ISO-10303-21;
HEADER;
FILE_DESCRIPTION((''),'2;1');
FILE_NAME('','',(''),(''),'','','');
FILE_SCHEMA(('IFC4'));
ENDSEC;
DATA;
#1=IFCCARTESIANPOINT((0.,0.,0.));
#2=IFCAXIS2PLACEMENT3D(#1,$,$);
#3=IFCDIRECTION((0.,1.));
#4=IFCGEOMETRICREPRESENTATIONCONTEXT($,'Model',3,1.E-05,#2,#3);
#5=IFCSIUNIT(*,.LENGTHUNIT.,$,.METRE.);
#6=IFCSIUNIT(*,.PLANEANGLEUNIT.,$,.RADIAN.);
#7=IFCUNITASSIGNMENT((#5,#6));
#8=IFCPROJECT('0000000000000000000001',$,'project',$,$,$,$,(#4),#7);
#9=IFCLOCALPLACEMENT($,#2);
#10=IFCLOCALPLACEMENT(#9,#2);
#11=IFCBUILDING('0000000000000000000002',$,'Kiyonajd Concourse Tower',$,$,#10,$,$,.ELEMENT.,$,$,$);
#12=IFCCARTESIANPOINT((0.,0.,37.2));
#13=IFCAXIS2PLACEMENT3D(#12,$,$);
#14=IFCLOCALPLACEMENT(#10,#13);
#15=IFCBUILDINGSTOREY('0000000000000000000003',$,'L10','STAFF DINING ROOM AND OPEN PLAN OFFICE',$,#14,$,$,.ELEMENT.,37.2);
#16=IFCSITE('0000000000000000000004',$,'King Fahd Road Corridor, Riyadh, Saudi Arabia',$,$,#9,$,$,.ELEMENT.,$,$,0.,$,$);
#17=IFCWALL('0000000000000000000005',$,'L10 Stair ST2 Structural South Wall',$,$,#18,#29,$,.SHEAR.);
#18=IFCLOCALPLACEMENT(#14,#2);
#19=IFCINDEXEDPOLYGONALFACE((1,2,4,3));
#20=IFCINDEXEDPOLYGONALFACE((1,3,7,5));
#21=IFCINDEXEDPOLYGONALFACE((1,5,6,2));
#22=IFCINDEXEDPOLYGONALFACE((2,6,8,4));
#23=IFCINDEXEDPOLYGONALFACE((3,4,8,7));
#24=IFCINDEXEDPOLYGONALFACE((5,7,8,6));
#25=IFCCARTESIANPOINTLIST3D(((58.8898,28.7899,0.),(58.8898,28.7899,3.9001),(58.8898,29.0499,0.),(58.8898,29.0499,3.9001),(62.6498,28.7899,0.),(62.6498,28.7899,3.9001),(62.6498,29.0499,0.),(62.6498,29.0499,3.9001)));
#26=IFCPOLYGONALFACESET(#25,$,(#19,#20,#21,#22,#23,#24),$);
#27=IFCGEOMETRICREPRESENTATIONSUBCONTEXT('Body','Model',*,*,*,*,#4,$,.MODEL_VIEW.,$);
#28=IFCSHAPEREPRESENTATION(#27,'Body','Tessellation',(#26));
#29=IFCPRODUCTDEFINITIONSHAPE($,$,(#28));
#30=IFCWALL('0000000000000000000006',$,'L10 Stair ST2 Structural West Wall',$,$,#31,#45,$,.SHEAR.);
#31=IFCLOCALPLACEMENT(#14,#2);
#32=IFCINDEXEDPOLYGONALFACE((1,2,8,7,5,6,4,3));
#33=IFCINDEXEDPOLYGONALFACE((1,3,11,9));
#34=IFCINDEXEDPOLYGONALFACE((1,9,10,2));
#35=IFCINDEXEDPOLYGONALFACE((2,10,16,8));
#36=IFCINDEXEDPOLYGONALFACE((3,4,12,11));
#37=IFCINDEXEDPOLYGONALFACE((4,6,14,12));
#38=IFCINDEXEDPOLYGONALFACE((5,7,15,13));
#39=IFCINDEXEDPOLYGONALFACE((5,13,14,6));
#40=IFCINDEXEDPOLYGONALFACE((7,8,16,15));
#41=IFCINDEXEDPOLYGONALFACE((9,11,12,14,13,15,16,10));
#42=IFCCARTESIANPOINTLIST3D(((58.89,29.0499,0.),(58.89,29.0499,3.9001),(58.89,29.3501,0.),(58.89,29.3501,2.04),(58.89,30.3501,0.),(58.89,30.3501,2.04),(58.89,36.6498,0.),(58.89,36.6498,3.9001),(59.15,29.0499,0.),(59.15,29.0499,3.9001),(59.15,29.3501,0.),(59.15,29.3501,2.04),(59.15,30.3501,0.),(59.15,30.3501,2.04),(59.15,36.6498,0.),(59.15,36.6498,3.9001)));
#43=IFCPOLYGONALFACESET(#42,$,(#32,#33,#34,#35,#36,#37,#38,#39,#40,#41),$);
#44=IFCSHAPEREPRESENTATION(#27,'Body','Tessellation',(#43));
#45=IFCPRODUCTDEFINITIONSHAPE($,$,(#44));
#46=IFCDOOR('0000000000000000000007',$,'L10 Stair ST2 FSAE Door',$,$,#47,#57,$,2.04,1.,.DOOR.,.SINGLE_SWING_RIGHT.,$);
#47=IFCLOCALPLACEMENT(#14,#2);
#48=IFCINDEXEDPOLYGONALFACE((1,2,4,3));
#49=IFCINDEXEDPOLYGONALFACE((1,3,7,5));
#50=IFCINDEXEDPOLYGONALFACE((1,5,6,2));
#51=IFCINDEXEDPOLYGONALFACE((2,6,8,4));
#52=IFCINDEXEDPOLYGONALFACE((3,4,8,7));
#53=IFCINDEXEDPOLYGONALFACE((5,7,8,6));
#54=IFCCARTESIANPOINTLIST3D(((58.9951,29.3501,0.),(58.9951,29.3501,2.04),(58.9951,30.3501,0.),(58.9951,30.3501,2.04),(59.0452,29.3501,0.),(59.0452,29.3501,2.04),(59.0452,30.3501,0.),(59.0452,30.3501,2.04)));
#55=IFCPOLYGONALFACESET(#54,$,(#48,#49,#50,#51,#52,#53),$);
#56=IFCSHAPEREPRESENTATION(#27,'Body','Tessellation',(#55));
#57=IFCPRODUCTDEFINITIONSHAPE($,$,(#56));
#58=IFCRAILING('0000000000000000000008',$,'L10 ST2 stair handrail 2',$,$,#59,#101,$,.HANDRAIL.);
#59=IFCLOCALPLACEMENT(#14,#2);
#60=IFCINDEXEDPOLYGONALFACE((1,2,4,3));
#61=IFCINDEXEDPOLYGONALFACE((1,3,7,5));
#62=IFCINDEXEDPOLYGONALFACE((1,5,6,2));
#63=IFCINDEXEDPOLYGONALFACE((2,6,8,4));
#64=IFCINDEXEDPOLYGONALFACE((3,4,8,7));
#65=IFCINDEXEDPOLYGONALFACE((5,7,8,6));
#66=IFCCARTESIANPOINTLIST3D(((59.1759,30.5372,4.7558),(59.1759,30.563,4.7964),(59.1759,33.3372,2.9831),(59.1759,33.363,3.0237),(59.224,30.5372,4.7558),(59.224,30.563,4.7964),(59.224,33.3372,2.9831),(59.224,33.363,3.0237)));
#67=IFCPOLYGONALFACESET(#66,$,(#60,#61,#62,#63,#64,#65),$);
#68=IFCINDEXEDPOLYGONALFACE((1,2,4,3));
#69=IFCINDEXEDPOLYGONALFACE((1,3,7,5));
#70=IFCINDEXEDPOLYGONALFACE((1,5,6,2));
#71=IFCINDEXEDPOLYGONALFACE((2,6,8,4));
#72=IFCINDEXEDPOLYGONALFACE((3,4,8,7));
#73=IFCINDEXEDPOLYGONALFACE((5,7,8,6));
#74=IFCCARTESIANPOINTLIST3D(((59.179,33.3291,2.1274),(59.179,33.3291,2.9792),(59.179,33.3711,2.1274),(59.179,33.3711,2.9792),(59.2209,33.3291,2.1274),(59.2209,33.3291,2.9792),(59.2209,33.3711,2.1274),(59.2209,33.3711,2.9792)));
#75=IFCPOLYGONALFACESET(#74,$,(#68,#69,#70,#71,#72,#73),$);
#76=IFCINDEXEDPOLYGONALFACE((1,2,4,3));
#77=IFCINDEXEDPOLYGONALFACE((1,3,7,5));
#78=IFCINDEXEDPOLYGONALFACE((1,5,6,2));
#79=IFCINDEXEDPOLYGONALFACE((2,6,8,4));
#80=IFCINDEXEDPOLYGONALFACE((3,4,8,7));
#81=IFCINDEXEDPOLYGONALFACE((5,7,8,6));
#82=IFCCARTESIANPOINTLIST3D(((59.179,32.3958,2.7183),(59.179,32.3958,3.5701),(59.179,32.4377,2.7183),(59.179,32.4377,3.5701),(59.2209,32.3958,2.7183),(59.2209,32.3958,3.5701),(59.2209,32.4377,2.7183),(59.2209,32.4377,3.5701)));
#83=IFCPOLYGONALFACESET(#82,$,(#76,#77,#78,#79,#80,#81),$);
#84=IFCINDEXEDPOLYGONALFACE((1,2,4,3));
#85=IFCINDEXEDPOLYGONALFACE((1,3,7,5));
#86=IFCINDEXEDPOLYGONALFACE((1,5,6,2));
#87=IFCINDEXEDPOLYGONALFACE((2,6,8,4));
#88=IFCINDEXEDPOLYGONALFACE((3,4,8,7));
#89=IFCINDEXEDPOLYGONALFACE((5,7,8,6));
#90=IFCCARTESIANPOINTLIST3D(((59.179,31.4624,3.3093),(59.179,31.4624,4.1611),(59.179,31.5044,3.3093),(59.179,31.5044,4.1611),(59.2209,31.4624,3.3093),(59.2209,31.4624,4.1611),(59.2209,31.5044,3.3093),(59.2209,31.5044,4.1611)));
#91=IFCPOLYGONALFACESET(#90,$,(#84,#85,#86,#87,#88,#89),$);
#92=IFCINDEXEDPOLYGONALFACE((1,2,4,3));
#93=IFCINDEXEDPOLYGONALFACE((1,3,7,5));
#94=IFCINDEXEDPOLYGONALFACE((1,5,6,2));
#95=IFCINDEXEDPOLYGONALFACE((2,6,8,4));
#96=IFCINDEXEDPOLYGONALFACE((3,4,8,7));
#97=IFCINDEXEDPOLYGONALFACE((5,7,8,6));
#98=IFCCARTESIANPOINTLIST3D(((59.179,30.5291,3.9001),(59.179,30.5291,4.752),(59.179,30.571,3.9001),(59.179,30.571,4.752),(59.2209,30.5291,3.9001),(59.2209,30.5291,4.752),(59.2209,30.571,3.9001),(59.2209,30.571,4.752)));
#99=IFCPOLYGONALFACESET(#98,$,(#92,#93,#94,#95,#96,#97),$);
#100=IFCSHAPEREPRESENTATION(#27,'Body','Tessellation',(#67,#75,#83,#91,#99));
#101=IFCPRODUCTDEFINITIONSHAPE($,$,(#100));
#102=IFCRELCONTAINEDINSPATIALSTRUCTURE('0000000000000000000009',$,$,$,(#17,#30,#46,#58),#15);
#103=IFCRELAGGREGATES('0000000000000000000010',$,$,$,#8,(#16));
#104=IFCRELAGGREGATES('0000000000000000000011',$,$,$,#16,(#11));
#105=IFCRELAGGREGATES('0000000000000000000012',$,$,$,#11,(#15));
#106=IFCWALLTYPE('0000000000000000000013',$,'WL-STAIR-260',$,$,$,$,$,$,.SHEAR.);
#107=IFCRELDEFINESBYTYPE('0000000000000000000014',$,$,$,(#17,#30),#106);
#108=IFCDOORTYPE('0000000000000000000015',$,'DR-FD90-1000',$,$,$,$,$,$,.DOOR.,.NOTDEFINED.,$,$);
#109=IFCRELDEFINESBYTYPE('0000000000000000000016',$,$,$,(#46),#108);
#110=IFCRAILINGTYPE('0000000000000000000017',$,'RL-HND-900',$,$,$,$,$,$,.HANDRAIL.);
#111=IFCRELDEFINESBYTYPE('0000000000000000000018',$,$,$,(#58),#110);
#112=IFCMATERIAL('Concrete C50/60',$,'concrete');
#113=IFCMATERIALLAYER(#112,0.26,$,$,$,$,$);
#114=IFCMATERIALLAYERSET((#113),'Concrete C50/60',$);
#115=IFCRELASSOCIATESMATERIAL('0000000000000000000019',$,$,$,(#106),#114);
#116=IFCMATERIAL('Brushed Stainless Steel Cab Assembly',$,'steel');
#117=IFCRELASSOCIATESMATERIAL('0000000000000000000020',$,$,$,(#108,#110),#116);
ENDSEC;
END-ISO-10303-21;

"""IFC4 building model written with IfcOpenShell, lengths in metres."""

from ifc_helpers import new_model, si_unit, direction, frame, frame_2d, origin, origin_2d, place, context, subcontext, project, spatial, rectangle, extrude, material, layer, layer_set, type_object, element, fill, save


model = new_model("IFC4")

# Units and contexts
model_context = context("Model", 3, precision=1e-05, world=origin(), true_north=direction((0.0, 1.0)))
body_context = subcontext(model_context, "Body", "Model", "MODEL_VIEW")
ifc_project = project(units=[si_unit("LENGTHUNIT", "METRE"), si_unit("PLANEANGLEUNIT", "RADIAN")], contexts=[model_context])

# Site, building, storey
site_placement = place(None, origin())
site = spatial("IfcSite", under=ifc_project, at=site_placement, Name="King Fahd Road Corridor, Riyadh, Saudi Arabia", CompositionType="ELEMENT", RefElevation=0.0)
building_placement = place(site_placement, origin())
building = spatial("IfcBuilding", under=site, at=building_placement, Name="Kiyonajd Concourse Tower", CompositionType="ELEMENT")
storey_placement = place(building_placement, frame((0.0, 0.0, 37.2)))
storey = spatial("IfcBuildingStorey", under=building, at=storey_placement, Name="L10", Description="STAFF DINING ROOM AND OPEN PLAN OFFICE", CompositionType="ELEMENT", Elevation=37.2)

# Shared definitions
ifc_material_1 = material(Name="Concrete C50/60", Category="concrete")

# Shared definitions
ifc_material_2 = material(Name="Brushed Stainless Steel Cab Assembly", Category="steel")

# Wall
ifc_layer_1 = layer(ifc_material_1, 0.26)
ifc_layer_set_1 = layer_set([ifc_layer_1], Name="Concrete C50/60")
wall_type_1 = type_object("IfcWallType", Name="WL-STAIR-260", PredefinedType="SHEAR", material=ifc_layer_set_1)
wall_1_placement = place(storey_placement, frame((58.8899, 28.9199, 0.0), z_axis=(0.0, 0.0, 1.0), x_axis=(1.0, 0.0, 0.0)))
element("IfcWall", 1, at=wall_1_placement, inside=storey, type_object=wall_type_1, Name="L10 Stair ST2 Structural South Wall", PredefinedType="SHEAR", context=body_context, shape_type="SweptSolid", body=[
    extrude(rectangle(XDim=3.76, YDim=0.26, at=frame_2d((1.8799, 0.0))), origin(), (0.0, 0.0, 1.0), 3.9001),
])

# Wall, opening, door
wall_2_placement = place(storey_placement, frame((59.02, 29.05, 0.0), z_axis=(0.0, 0.0, 1.0), x_axis=(0.0, 1.0, 0.0)))
wall_2 = element("IfcWall", 2, at=wall_2_placement, inside=storey, type_object=wall_type_1, Name="L10 Stair ST2 Structural West Wall", PredefinedType="SHEAR", context=body_context, shape_type="SweptSolid", body=[
    extrude(rectangle(XDim=7.5999, YDim=0.26, at=frame_2d((3.7998, 0.0))), origin(), (0.0, 0.0, 1.0), 3.9001),
])
opening_1_placement = place(wall_2_placement, frame((0.3, 0.0, 0.0)))
opening_1 = element("IfcOpeningElement", 3, at=opening_1_placement, cuts=wall_2, PredefinedType="OPENING", context=body_context, shape_type="SweptSolid", body=[
    extrude(rectangle(XDim=1.0, YDim=2.04, at=frame_2d((0.5, 1.02))), frame((0.0, 0.1399, 0.0), z_axis=(0.0, -1.0, 0.0), x_axis=(1.0, 0.0, 0.0)), (0.0, 0.0, 1.0), 0.28),
])
door_type_1 = type_object("IfcDoorType", Name="DR-FD90-1000", OperationType="NOTDEFINED", PredefinedType="DOOR", material=ifc_material_2)
door_1_placement = place(opening_1_placement, origin())
door_1 = element("IfcDoor", 4, at=door_1_placement, inside=storey, type_object=door_type_1, Name="L10 Stair ST2 FSAE Door", OperationType="SINGLE_SWING_RIGHT", OverallHeight=2.04, OverallWidth=1.0, PredefinedType="DOOR", context=body_context, shape_type="SweptSolid", body=[
    extrude(rectangle(XDim=1.0, YDim=2.04, at=frame_2d((0.5, 1.02))), frame((0.0, 0.0249, 0.0), z_axis=(0.0, -1.0, 0.0), x_axis=(1.0, 0.0, 0.0)), (0.0, 0.0, 1.0), 0.05),
])
fill(opening_1, door_1)

# Railing
railing_type = type_object("IfcRailingType", Name="RL-HND-900", PredefinedType="HANDRAIL", material=ifc_material_2)
railing_placement = place(storey_placement, frame((59.2, 33.3501, 2.1274)))
element("IfcRailing", 5, at=railing_placement, inside=storey, type_object=railing_type, Name="L10 ST2 stair handrail 2", PredefinedType="HANDRAIL", context=body_context, shape_type="SweptSolid", body=[
    extrude(rectangle(XDim=0.0481, YDim=0.0481, at=origin_2d()), frame((0.0, 0.0, 0.876), z_axis=(0.0, -0.844909, 0.53491), x_axis=(1.0, 0.0, 0.0)), (0.0, 0.0, 1.0), 3.314),
    extrude(rectangle(XDim=0.042, YDim=0.042, at=origin_2d()), origin(), (0.0, 0.0, 1.0), 0.8518),
    extrude(rectangle(XDim=0.042, YDim=0.042, at=origin_2d()), frame((0.0, -0.9333, 0.5908)), (0.0, 0.0, 1.0), 0.8518),
    extrude(rectangle(XDim=0.042, YDim=0.042, at=origin_2d()), frame((0.0, -1.8667, 1.1819)), (0.0, 0.0, 1.0), 0.8518),
    extrude(rectangle(XDim=0.042, YDim=0.042, at=origin_2d()), frame((0.0, -2.8, 1.7727)), (0.0, 0.0, 1.0), 0.8518),
])

save(model, "model.ifc")
